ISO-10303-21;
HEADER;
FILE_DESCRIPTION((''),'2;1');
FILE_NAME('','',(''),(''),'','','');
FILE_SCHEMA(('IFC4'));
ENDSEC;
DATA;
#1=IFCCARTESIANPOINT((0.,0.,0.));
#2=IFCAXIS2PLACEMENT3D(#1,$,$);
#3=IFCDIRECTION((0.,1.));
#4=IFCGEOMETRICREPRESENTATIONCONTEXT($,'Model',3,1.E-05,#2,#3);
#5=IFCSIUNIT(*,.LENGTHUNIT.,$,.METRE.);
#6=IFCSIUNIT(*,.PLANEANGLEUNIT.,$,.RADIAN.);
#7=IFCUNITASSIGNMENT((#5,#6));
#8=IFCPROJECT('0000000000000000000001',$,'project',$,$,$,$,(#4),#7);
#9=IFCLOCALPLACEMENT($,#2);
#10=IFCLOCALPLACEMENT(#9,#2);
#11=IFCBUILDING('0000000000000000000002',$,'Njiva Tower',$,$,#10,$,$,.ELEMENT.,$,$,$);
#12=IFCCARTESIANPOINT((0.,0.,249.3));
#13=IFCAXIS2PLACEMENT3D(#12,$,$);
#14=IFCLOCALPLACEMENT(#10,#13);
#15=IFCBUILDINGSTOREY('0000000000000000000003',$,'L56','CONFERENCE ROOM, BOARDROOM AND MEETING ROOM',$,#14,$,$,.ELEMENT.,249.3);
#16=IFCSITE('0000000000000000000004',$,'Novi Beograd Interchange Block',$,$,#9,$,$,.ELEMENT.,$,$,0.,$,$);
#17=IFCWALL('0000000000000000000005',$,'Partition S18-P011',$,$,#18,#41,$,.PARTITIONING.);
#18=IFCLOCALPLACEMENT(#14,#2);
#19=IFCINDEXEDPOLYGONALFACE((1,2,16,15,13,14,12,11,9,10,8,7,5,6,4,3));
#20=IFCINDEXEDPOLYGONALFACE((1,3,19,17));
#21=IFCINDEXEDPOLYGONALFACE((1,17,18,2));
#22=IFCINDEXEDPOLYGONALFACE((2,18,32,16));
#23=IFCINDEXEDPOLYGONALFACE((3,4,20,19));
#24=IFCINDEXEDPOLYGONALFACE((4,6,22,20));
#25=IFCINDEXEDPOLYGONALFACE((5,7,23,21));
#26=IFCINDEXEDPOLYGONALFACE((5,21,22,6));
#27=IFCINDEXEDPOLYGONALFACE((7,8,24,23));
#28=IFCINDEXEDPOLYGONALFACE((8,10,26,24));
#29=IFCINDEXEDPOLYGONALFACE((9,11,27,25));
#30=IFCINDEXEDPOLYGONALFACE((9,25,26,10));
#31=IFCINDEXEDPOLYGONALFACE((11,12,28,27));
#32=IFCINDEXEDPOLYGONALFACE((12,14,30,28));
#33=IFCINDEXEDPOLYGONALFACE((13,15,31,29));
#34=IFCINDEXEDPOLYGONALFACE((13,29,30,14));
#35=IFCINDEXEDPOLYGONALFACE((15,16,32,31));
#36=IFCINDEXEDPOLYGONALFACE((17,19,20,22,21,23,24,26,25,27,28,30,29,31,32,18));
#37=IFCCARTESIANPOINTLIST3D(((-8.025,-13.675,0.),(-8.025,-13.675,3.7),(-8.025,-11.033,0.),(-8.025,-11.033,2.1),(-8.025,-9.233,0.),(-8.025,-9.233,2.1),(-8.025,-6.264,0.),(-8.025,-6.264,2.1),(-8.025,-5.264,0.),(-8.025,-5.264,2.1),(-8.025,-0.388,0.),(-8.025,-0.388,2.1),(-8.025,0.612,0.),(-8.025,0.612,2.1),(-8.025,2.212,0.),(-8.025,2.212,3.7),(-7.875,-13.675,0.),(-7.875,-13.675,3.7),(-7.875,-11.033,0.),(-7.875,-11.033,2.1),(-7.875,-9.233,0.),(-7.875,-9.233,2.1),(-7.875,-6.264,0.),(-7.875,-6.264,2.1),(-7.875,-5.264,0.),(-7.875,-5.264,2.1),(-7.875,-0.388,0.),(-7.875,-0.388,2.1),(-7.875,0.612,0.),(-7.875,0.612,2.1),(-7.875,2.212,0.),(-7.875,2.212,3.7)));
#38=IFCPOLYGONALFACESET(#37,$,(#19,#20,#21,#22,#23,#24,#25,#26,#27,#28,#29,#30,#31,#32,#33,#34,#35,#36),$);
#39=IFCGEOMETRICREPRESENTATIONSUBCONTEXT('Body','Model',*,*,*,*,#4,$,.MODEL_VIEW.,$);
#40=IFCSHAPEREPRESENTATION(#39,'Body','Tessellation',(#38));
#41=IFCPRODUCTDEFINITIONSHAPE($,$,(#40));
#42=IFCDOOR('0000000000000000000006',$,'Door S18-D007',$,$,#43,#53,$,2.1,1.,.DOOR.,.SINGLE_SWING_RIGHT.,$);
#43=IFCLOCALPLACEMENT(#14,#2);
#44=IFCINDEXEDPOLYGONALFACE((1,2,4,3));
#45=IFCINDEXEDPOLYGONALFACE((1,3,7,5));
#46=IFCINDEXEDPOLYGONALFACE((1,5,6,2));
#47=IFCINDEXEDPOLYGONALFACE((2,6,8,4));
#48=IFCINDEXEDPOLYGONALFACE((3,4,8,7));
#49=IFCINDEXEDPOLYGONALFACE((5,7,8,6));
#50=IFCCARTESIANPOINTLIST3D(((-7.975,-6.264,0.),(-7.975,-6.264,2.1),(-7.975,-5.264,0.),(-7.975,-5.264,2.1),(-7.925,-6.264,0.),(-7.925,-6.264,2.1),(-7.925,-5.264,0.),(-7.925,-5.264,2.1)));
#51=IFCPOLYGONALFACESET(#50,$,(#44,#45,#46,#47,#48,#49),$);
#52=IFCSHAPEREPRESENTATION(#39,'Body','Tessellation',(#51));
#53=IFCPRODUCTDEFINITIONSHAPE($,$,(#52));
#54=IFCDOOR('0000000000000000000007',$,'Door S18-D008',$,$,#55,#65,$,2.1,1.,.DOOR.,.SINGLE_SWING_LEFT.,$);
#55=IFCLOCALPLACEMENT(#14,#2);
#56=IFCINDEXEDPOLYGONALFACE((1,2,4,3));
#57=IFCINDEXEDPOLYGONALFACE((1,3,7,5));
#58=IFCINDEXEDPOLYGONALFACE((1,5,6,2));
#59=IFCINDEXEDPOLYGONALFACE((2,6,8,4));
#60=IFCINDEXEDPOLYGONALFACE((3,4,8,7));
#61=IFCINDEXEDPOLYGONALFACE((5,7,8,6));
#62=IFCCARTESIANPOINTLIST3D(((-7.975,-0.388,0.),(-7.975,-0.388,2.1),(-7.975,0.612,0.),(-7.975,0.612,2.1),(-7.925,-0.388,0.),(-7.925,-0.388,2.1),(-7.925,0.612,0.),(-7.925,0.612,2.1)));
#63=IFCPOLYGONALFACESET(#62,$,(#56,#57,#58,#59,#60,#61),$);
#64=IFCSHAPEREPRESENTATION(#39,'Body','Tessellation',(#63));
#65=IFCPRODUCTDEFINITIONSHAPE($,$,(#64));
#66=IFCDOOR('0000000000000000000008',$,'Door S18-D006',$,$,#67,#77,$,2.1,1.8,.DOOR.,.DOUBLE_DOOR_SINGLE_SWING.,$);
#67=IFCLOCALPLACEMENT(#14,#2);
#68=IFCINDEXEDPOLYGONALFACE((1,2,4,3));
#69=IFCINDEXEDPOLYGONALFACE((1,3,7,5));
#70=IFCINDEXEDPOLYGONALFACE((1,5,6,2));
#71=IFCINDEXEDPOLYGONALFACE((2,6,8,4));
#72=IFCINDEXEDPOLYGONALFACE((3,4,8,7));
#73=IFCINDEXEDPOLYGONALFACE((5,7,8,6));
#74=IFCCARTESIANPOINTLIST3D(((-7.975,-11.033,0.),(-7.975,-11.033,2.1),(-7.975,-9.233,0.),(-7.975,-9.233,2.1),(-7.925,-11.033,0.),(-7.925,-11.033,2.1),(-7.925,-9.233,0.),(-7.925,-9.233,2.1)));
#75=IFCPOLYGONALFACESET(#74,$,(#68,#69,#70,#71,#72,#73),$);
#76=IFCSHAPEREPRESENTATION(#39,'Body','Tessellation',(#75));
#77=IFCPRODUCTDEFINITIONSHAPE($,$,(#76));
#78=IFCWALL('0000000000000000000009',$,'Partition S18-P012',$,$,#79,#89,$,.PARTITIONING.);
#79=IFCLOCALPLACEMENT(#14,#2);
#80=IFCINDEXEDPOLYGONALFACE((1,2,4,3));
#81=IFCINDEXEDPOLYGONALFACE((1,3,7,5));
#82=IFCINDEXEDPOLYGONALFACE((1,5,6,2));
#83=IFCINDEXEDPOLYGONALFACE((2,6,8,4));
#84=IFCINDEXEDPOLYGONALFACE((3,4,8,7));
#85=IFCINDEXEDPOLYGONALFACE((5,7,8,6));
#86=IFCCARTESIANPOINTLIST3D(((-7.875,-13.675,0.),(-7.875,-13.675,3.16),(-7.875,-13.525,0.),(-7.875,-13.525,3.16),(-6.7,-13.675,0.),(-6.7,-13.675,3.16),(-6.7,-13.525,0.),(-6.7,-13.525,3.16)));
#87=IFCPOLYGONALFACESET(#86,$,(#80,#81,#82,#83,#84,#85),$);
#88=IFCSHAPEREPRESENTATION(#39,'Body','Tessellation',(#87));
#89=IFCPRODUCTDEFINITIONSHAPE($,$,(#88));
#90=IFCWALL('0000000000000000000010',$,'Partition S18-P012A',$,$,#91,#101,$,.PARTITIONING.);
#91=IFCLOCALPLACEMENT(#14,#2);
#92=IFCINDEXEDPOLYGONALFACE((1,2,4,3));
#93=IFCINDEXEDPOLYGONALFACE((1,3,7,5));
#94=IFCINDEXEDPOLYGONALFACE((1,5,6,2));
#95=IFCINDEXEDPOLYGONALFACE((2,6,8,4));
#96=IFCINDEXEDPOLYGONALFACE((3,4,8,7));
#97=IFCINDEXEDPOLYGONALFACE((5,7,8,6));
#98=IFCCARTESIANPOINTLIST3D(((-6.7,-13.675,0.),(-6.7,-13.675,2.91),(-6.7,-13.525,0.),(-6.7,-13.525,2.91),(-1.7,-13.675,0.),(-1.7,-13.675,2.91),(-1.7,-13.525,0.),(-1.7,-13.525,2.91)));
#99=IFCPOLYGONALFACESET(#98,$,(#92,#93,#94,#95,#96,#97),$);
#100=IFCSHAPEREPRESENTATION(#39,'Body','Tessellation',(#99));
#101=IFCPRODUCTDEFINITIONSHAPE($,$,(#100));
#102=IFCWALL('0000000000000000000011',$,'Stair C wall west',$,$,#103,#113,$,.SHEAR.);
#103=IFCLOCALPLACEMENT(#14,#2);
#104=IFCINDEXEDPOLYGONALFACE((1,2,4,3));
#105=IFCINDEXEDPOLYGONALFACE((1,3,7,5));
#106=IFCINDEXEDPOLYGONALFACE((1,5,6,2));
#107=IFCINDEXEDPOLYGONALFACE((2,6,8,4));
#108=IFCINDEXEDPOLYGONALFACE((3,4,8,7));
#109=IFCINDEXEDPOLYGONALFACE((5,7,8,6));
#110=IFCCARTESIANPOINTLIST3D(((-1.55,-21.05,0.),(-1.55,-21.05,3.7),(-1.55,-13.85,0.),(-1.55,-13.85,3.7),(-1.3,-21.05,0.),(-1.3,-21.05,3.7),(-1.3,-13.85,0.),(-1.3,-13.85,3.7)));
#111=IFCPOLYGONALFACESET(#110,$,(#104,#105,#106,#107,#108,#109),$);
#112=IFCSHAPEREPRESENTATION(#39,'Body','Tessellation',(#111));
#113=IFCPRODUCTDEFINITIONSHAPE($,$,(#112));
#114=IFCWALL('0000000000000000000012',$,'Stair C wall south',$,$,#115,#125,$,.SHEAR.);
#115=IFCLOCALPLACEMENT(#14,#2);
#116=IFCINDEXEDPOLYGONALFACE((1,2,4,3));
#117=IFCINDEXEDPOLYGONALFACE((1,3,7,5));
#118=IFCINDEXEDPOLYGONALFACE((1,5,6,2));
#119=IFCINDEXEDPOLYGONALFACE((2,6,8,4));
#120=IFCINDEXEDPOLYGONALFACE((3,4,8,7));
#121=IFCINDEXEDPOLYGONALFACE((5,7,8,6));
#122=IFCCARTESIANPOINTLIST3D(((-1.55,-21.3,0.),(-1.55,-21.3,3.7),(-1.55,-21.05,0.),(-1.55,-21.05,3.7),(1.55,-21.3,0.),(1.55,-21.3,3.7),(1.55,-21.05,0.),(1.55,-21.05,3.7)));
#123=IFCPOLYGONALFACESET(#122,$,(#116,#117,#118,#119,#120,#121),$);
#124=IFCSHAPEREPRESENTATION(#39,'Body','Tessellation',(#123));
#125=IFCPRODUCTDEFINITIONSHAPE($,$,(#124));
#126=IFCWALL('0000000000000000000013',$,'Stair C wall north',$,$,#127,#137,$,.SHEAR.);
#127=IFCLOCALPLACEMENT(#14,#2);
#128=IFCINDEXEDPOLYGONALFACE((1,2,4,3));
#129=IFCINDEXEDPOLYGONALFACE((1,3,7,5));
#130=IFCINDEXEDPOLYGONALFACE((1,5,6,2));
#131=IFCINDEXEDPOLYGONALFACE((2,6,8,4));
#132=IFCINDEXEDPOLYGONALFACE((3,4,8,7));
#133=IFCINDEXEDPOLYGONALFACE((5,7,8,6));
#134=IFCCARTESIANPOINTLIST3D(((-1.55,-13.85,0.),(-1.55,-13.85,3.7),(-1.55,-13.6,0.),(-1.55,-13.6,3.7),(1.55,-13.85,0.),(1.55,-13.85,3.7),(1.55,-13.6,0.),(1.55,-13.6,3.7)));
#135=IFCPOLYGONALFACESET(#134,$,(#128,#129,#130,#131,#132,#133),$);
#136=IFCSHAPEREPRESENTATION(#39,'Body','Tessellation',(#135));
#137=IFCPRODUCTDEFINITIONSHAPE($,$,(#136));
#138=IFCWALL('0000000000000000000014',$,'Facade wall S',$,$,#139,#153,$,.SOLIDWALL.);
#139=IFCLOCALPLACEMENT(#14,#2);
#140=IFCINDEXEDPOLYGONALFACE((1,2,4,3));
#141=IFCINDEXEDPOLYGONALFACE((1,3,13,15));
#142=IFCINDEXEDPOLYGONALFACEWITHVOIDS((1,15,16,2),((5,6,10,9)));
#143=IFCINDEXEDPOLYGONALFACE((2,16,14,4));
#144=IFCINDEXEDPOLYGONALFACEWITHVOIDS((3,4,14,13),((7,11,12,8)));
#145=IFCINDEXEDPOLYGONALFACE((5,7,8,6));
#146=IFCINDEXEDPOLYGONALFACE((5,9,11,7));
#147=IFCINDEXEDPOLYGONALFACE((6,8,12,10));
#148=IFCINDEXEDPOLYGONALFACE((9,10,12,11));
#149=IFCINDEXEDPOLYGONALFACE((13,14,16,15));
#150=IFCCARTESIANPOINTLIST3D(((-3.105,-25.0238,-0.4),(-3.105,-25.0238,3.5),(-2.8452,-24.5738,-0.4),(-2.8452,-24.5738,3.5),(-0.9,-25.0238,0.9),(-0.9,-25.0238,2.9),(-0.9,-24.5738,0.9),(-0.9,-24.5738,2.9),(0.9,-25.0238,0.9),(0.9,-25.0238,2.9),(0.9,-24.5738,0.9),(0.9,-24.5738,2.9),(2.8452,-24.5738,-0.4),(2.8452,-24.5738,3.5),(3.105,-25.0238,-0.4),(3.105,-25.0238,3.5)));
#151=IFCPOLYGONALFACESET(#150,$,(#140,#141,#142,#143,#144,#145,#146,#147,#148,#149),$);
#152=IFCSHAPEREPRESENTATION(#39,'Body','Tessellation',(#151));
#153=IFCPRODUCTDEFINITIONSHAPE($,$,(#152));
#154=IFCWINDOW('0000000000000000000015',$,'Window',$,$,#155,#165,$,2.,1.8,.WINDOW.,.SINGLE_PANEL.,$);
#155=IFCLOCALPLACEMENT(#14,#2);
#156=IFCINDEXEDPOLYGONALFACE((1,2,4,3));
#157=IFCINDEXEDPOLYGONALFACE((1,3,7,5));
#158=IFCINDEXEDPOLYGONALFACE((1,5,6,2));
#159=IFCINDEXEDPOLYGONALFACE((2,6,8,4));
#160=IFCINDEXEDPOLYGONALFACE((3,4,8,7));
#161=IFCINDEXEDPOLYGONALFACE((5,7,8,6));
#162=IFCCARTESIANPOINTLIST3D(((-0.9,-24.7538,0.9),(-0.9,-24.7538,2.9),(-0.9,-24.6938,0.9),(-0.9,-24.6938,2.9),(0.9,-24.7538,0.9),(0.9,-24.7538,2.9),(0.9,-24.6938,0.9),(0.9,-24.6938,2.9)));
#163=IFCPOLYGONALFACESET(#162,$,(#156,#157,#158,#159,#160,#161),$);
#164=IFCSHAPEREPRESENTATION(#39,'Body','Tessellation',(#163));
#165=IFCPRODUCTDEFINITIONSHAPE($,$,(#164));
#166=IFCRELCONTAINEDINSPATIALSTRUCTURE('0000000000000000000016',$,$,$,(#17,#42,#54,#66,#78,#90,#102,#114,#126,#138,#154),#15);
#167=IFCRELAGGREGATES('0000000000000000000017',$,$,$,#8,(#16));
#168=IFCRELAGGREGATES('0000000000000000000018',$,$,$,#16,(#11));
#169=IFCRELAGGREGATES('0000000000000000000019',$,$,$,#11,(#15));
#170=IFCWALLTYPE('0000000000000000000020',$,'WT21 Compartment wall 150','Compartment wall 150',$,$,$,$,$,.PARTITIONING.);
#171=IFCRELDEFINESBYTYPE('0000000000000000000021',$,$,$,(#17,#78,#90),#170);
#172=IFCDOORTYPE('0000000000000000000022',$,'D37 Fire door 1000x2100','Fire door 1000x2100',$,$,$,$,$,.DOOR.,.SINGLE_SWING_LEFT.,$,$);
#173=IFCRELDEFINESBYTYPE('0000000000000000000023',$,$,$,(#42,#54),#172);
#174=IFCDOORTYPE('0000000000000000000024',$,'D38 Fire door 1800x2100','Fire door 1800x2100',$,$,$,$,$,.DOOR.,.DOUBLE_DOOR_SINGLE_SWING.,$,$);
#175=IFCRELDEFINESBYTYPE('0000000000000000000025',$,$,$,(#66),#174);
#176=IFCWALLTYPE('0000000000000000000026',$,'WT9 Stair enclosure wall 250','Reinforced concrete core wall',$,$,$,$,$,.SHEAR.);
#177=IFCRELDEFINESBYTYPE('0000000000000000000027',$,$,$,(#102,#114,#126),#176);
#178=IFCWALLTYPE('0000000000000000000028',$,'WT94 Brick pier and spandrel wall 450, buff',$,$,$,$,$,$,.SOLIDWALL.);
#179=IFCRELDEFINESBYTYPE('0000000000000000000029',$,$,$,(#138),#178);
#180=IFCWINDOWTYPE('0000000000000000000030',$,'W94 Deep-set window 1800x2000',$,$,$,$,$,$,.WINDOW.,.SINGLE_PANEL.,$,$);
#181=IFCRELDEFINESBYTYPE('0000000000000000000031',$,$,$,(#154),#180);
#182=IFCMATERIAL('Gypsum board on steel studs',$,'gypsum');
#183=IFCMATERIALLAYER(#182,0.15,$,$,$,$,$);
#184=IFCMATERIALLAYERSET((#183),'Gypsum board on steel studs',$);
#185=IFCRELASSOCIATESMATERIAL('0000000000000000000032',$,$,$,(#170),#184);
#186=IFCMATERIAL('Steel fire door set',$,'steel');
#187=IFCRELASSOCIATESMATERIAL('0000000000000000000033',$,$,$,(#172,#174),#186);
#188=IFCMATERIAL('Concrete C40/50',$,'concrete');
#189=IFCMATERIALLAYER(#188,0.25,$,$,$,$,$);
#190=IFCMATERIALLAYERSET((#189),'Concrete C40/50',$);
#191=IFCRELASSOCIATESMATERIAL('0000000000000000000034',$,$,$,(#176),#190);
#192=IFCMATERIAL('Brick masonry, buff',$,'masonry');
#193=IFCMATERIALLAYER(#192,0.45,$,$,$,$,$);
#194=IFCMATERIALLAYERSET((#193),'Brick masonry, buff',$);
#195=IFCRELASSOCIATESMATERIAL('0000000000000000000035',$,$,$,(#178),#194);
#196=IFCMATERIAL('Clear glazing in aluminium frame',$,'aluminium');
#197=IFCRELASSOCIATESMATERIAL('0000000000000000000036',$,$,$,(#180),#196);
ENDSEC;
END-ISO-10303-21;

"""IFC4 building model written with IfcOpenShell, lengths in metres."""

from ifc_helpers import new_model, si_unit, direction, frame, frame_2d, origin, place, context, subcontext, project, spatial, polyline, rectangle, outline, extrude, material, layer, layer_set, type_object, element, fill, save


model = new_model("IFC4")

# Units and contexts
model_context = context("Model", 3, precision=1e-05, world=origin(), true_north=direction((0.0, 1.0)))
body_context = subcontext(model_context, "Body", "Model", "MODEL_VIEW")
ifc_project = project(units=[si_unit("LENGTHUNIT", "METRE"), si_unit("PLANEANGLEUNIT", "RADIAN")], contexts=[model_context])

# Site, building, storey
site_placement = place(None, origin())
site = spatial("IfcSite", under=ifc_project, at=site_placement, Name="Novi Beograd Interchange Block", CompositionType="ELEMENT", RefElevation=0.0)
building_placement = place(site_placement, origin())
building = spatial("IfcBuilding", under=site, at=building_placement, Name="Njiva Tower", CompositionType="ELEMENT")
storey_placement = place(building_placement, frame((0.0, 0.0, 249.3)))
storey = spatial("IfcBuildingStorey", under=building, at=storey_placement, Name="L56", Description="CONFERENCE ROOM, BOARDROOM AND MEETING ROOM", CompositionType="ELEMENT", Elevation=249.3)

# Shared definitions
ifc_material_1 = material(Name="Gypsum board on steel studs", Category="gypsum")
ifc_layer_1 = layer(ifc_material_1, 0.15)
ifc_layer_set_1 = layer_set([ifc_layer_1], Name="Gypsum board on steel studs")
wall_type_1 = type_object("IfcWallType", Name="WT21 Compartment wall 150", Description="Compartment wall 150", PredefinedType="PARTITIONING", material=ifc_layer_set_1)

# Wall, openings, doors
wall_1_placement = place(storey_placement, frame((-7.95, -13.675, 0.0), z_axis=(0.0, 0.0, 1.0), x_axis=(0.0, 1.0, 0.0)))
wall_1 = element("IfcWall", 1, at=wall_1_placement, inside=storey, type_object=wall_type_1, Name="Partition S18-P011", PredefinedType="PARTITIONING", context=body_context, shape_type="SweptSolid", body=[
    extrude(rectangle(XDim=15.887, YDim=0.15, at=frame_2d((7.9435, 0.0))), origin(), (0.0, 0.0, 1.0), 3.7),
])
opening_1_placement = place(wall_1_placement, frame((2.642, 0.0, 0.0)))
opening_1 = element("IfcOpeningElement", 2, at=opening_1_placement, cuts=wall_1, PredefinedType="OPENING", context=body_context, shape_type="SweptSolid", body=[
    extrude(rectangle(XDim=1.8, YDim=2.1, at=frame_2d((0.9, 1.05))), frame((0.0, 0.085, 0.0), z_axis=(0.0, -1.0, 0.0), x_axis=(1.0, 0.0, 0.0)), (0.0, 0.0, 1.0), 0.17),
])
opening_2_placement = place(wall_1_placement, frame((7.411, 0.0, 0.0)))
opening_2 = element("IfcOpeningElement", 3, at=opening_2_placement, cuts=wall_1, PredefinedType="OPENING", context=body_context, shape_type="SweptSolid", body=[
    extrude(rectangle(XDim=1.0, YDim=2.1, at=frame_2d((0.5, 1.05))), frame((0.0, 0.085, 0.0), z_axis=(0.0, -1.0, 0.0), x_axis=(1.0, 0.0, 0.0)), (0.0, 0.0, 1.0), 0.17),
])
opening_3_placement = place(wall_1_placement, frame((13.287, 0.0, 0.0)))
opening_3 = element("IfcOpeningElement", 4, at=opening_3_placement, cuts=wall_1, PredefinedType="OPENING", context=body_context, shape_type="SweptSolid", body=[
    extrude(rectangle(XDim=1.0, YDim=2.1, at=frame_2d((0.5, 1.05))), frame((0.0, 0.085, 0.0), z_axis=(0.0, -1.0, 0.0), x_axis=(1.0, 0.0, 0.0)), (0.0, 0.0, 1.0), 0.17),
])
ifc_material_2 = material(Name="Steel fire door set", Category="steel")
door_type_1 = type_object("IfcDoorType", Name="D37 Fire door 1000x2100", Description="Fire door 1000x2100", OperationType="SINGLE_SWING_LEFT", PredefinedType="DOOR", material=ifc_material_2)
door_1_placement = place(opening_2_placement, origin())
door_1 = element("IfcDoor", 5, at=door_1_placement, inside=storey, type_object=door_type_1, Name="Door S18-D007", OperationType="SINGLE_SWING_RIGHT", OverallHeight=2.1, OverallWidth=1.0, PredefinedType="DOOR", context=body_context, shape_type="SweptSolid", body=[
    extrude(rectangle(XDim=1.0, YDim=2.1, at=frame_2d((0.5, 1.05))), frame((0.0, 0.025, 0.0), z_axis=(0.0, -1.0, 0.0), x_axis=(1.0, 0.0, 0.0)), (0.0, 0.0, 1.0), 0.05),
])
fill(opening_2, door_1)
door_2_placement = place(opening_3_placement, origin())
door_2 = element("IfcDoor", 6, at=door_2_placement, inside=storey, type_object=door_type_1, Name="Door S18-D008", OperationType="SINGLE_SWING_LEFT", OverallHeight=2.1, OverallWidth=1.0, PredefinedType="DOOR", context=body_context, shape_type="SweptSolid", body=[
    extrude(rectangle(XDim=1.0, YDim=2.1, at=frame_2d((0.5, 1.05))), frame((0.0, 0.025, 0.0), z_axis=(0.0, -1.0, 0.0), x_axis=(1.0, 0.0, 0.0)), (0.0, 0.0, 1.0), 0.05),
])
fill(opening_3, door_2)
door_type_2 = type_object("IfcDoorType", Name="D38 Fire door 1800x2100", Description="Fire door 1800x2100", OperationType="DOUBLE_DOOR_SINGLE_SWING", PredefinedType="DOOR", material=ifc_material_2)
door_3_placement = place(opening_1_placement, origin())
door_3 = element("IfcDoor", 7, at=door_3_placement, inside=storey, type_object=door_type_2, Name="Door S18-D006", OperationType="DOUBLE_DOOR_SINGLE_SWING", OverallHeight=2.1, OverallWidth=1.8, PredefinedType="DOOR", context=body_context, shape_type="SweptSolid", body=[
    extrude(rectangle(XDim=1.8, YDim=2.1, at=frame_2d((0.9, 1.05))), frame((0.0, 0.025, 0.0), z_axis=(0.0, -1.0, 0.0), x_axis=(1.0, 0.0, 0.0)), (0.0, 0.0, 1.0), 0.05),
])
fill(opening_1, door_3)

# Walls
wall_2_placement = place(storey_placement, frame((-7.875, -13.6, 0.0), z_axis=(0.0, 0.0, 1.0), x_axis=(1.0, 0.0, 0.0)))
element("IfcWall", 8, at=wall_2_placement, inside=storey, type_object=wall_type_1, Name="Partition S18-P012", PredefinedType="PARTITIONING", context=body_context, shape_type="SweptSolid", body=[
    extrude(rectangle(XDim=1.175, YDim=0.15, at=frame_2d((0.5875, 0.0))), origin(), (0.0, 0.0, 1.0), 3.16),
])
wall_3_placement = place(storey_placement, frame((-6.7, -13.6, 0.0), z_axis=(0.0, 0.0, 1.0), x_axis=(1.0, 0.0, 0.0)))
element("IfcWall", 9, at=wall_3_placement, inside=storey, type_object=wall_type_1, Name="Partition S18-P012A", PredefinedType="PARTITIONING", context=body_context, shape_type="SweptSolid", body=[
    extrude(rectangle(XDim=5.0, YDim=0.15, at=frame_2d((2.5, 0.0))), origin(), (0.0, 0.0, 1.0), 2.91),
])
ifc_material_3 = material(Name="Concrete C40/50", Category="concrete")
ifc_layer_2 = layer(ifc_material_3, 0.25)
ifc_layer_set_2 = layer_set([ifc_layer_2], Name="Concrete C40/50")
wall_type_2 = type_object("IfcWallType", Name="WT9 Stair enclosure wall 250", Description="Reinforced concrete core wall", PredefinedType="SHEAR", material=ifc_layer_set_2)
wall_4_placement = place(storey_placement, frame((-1.425, -21.05, 0.0), z_axis=(0.0, 0.0, 1.0), x_axis=(0.0, 1.0, 0.0)))
element("IfcWall", 10, at=wall_4_placement, inside=storey, type_object=wall_type_2, Name="Stair C wall west", PredefinedType="SHEAR", context=body_context, shape_type="SweptSolid", body=[
    extrude(rectangle(XDim=7.2, YDim=0.25, at=frame_2d((3.6, 0.0))), origin(), (0.0, 0.0, 1.0), 3.7),
])
for number, where, z_axis, x_axis, name in (
    (11, (-1.55, -21.175, 0.0), (0.0, 0.0, 1.0), (1.0, 0.0, 0.0), "Stair C wall south"),
    (12, (-1.55, -13.725, 0.0), (0.0, 0.0, 1.0), (1.0, 0.0, 0.0), "Stair C wall north"),
):
    element("IfcWall", number, at=place(storey_placement, frame(where, z_axis=z_axis, x_axis=x_axis)), inside=storey, type_object=wall_type_2, Name=name, PredefinedType="SHEAR", context=body_context, shape_type="SweptSolid", body=[
        extrude(rectangle(XDim=3.1, YDim=0.25, at=frame_2d((1.55, 0.0))), origin(), (0.0, 0.0, 1.0), 3.7),
    ])

# Wall, opening, window
ifc_material_4 = material(Name="Brick masonry, buff", Category="masonry")
ifc_layer_3 = layer(ifc_material_4, 0.45)
ifc_layer_set_3 = layer_set([ifc_layer_3], Name="Brick masonry, buff")
wall_type_3 = type_object("IfcWallType", Name="WT94 Brick pier and spandrel wall 450, buff", PredefinedType="SOLIDWALL", material=ifc_layer_set_3)
wall_5_placement = place(storey_placement, frame((-2.9751, -24.7988, -0.4), z_axis=(0.0, 0.0, 1.0), x_axis=(1.0, 0.0, 0.0)))
wall_5 = element("IfcWall", 13, at=wall_5_placement, inside=storey, type_object=wall_type_3, Name="Facade wall S", PredefinedType="SOLIDWALL", context=body_context, shape_type="SweptSolid", body=[
    extrude(outline(polyline([(-0.1299, -0.225), (6.0801, -0.225), (5.8203, 0.225), (0.1299, 0.225), (-0.1299, -0.225)])), origin(), (0.0, 0.0, 1.0), 3.9),
])
opening_4_placement = place(wall_5_placement, frame((2.0751, 0.0, 1.3)))
opening_4 = element("IfcOpeningElement", 14, at=opening_4_placement, cuts=wall_5, PredefinedType="OPENING", context=body_context, shape_type="SweptSolid", body=[
    extrude(rectangle(XDim=1.8, YDim=2.0, at=frame_2d((0.9, 1.0))), frame((0.0, 0.235, 0.0), z_axis=(0.0, -1.0, 0.0), x_axis=(1.0, 0.0, 0.0)), (0.0, 0.0, 1.0), 0.47),
])
ifc_material_5 = material(Name="Clear glazing in aluminium frame", Category="aluminium")
window_type = type_object("IfcWindowType", Name="W94 Deep-set window 1800x2000", PartitioningType="SINGLE_PANEL", PredefinedType="WINDOW", material=ifc_material_5)
window_placement = place(opening_4_placement, origin())
window = element("IfcWindow", 15, at=window_placement, inside=storey, type_object=window_type, Name="Window", OverallHeight=2.0, OverallWidth=1.8, PartitioningType="SINGLE_PANEL", PredefinedType="WINDOW", context=body_context, shape_type="SweptSolid", body=[
    extrude(rectangle(XDim=1.8, YDim=2.0, at=frame_2d((0.9, 1.0))), frame((0.0, 0.105, 0.0), z_axis=(0.0, -1.0, 0.0), x_axis=(1.0, 0.0, 0.0)), (0.0, 0.0, 1.0), 0.06),
])
fill(opening_4, window)

save(model, "model.ifc")
